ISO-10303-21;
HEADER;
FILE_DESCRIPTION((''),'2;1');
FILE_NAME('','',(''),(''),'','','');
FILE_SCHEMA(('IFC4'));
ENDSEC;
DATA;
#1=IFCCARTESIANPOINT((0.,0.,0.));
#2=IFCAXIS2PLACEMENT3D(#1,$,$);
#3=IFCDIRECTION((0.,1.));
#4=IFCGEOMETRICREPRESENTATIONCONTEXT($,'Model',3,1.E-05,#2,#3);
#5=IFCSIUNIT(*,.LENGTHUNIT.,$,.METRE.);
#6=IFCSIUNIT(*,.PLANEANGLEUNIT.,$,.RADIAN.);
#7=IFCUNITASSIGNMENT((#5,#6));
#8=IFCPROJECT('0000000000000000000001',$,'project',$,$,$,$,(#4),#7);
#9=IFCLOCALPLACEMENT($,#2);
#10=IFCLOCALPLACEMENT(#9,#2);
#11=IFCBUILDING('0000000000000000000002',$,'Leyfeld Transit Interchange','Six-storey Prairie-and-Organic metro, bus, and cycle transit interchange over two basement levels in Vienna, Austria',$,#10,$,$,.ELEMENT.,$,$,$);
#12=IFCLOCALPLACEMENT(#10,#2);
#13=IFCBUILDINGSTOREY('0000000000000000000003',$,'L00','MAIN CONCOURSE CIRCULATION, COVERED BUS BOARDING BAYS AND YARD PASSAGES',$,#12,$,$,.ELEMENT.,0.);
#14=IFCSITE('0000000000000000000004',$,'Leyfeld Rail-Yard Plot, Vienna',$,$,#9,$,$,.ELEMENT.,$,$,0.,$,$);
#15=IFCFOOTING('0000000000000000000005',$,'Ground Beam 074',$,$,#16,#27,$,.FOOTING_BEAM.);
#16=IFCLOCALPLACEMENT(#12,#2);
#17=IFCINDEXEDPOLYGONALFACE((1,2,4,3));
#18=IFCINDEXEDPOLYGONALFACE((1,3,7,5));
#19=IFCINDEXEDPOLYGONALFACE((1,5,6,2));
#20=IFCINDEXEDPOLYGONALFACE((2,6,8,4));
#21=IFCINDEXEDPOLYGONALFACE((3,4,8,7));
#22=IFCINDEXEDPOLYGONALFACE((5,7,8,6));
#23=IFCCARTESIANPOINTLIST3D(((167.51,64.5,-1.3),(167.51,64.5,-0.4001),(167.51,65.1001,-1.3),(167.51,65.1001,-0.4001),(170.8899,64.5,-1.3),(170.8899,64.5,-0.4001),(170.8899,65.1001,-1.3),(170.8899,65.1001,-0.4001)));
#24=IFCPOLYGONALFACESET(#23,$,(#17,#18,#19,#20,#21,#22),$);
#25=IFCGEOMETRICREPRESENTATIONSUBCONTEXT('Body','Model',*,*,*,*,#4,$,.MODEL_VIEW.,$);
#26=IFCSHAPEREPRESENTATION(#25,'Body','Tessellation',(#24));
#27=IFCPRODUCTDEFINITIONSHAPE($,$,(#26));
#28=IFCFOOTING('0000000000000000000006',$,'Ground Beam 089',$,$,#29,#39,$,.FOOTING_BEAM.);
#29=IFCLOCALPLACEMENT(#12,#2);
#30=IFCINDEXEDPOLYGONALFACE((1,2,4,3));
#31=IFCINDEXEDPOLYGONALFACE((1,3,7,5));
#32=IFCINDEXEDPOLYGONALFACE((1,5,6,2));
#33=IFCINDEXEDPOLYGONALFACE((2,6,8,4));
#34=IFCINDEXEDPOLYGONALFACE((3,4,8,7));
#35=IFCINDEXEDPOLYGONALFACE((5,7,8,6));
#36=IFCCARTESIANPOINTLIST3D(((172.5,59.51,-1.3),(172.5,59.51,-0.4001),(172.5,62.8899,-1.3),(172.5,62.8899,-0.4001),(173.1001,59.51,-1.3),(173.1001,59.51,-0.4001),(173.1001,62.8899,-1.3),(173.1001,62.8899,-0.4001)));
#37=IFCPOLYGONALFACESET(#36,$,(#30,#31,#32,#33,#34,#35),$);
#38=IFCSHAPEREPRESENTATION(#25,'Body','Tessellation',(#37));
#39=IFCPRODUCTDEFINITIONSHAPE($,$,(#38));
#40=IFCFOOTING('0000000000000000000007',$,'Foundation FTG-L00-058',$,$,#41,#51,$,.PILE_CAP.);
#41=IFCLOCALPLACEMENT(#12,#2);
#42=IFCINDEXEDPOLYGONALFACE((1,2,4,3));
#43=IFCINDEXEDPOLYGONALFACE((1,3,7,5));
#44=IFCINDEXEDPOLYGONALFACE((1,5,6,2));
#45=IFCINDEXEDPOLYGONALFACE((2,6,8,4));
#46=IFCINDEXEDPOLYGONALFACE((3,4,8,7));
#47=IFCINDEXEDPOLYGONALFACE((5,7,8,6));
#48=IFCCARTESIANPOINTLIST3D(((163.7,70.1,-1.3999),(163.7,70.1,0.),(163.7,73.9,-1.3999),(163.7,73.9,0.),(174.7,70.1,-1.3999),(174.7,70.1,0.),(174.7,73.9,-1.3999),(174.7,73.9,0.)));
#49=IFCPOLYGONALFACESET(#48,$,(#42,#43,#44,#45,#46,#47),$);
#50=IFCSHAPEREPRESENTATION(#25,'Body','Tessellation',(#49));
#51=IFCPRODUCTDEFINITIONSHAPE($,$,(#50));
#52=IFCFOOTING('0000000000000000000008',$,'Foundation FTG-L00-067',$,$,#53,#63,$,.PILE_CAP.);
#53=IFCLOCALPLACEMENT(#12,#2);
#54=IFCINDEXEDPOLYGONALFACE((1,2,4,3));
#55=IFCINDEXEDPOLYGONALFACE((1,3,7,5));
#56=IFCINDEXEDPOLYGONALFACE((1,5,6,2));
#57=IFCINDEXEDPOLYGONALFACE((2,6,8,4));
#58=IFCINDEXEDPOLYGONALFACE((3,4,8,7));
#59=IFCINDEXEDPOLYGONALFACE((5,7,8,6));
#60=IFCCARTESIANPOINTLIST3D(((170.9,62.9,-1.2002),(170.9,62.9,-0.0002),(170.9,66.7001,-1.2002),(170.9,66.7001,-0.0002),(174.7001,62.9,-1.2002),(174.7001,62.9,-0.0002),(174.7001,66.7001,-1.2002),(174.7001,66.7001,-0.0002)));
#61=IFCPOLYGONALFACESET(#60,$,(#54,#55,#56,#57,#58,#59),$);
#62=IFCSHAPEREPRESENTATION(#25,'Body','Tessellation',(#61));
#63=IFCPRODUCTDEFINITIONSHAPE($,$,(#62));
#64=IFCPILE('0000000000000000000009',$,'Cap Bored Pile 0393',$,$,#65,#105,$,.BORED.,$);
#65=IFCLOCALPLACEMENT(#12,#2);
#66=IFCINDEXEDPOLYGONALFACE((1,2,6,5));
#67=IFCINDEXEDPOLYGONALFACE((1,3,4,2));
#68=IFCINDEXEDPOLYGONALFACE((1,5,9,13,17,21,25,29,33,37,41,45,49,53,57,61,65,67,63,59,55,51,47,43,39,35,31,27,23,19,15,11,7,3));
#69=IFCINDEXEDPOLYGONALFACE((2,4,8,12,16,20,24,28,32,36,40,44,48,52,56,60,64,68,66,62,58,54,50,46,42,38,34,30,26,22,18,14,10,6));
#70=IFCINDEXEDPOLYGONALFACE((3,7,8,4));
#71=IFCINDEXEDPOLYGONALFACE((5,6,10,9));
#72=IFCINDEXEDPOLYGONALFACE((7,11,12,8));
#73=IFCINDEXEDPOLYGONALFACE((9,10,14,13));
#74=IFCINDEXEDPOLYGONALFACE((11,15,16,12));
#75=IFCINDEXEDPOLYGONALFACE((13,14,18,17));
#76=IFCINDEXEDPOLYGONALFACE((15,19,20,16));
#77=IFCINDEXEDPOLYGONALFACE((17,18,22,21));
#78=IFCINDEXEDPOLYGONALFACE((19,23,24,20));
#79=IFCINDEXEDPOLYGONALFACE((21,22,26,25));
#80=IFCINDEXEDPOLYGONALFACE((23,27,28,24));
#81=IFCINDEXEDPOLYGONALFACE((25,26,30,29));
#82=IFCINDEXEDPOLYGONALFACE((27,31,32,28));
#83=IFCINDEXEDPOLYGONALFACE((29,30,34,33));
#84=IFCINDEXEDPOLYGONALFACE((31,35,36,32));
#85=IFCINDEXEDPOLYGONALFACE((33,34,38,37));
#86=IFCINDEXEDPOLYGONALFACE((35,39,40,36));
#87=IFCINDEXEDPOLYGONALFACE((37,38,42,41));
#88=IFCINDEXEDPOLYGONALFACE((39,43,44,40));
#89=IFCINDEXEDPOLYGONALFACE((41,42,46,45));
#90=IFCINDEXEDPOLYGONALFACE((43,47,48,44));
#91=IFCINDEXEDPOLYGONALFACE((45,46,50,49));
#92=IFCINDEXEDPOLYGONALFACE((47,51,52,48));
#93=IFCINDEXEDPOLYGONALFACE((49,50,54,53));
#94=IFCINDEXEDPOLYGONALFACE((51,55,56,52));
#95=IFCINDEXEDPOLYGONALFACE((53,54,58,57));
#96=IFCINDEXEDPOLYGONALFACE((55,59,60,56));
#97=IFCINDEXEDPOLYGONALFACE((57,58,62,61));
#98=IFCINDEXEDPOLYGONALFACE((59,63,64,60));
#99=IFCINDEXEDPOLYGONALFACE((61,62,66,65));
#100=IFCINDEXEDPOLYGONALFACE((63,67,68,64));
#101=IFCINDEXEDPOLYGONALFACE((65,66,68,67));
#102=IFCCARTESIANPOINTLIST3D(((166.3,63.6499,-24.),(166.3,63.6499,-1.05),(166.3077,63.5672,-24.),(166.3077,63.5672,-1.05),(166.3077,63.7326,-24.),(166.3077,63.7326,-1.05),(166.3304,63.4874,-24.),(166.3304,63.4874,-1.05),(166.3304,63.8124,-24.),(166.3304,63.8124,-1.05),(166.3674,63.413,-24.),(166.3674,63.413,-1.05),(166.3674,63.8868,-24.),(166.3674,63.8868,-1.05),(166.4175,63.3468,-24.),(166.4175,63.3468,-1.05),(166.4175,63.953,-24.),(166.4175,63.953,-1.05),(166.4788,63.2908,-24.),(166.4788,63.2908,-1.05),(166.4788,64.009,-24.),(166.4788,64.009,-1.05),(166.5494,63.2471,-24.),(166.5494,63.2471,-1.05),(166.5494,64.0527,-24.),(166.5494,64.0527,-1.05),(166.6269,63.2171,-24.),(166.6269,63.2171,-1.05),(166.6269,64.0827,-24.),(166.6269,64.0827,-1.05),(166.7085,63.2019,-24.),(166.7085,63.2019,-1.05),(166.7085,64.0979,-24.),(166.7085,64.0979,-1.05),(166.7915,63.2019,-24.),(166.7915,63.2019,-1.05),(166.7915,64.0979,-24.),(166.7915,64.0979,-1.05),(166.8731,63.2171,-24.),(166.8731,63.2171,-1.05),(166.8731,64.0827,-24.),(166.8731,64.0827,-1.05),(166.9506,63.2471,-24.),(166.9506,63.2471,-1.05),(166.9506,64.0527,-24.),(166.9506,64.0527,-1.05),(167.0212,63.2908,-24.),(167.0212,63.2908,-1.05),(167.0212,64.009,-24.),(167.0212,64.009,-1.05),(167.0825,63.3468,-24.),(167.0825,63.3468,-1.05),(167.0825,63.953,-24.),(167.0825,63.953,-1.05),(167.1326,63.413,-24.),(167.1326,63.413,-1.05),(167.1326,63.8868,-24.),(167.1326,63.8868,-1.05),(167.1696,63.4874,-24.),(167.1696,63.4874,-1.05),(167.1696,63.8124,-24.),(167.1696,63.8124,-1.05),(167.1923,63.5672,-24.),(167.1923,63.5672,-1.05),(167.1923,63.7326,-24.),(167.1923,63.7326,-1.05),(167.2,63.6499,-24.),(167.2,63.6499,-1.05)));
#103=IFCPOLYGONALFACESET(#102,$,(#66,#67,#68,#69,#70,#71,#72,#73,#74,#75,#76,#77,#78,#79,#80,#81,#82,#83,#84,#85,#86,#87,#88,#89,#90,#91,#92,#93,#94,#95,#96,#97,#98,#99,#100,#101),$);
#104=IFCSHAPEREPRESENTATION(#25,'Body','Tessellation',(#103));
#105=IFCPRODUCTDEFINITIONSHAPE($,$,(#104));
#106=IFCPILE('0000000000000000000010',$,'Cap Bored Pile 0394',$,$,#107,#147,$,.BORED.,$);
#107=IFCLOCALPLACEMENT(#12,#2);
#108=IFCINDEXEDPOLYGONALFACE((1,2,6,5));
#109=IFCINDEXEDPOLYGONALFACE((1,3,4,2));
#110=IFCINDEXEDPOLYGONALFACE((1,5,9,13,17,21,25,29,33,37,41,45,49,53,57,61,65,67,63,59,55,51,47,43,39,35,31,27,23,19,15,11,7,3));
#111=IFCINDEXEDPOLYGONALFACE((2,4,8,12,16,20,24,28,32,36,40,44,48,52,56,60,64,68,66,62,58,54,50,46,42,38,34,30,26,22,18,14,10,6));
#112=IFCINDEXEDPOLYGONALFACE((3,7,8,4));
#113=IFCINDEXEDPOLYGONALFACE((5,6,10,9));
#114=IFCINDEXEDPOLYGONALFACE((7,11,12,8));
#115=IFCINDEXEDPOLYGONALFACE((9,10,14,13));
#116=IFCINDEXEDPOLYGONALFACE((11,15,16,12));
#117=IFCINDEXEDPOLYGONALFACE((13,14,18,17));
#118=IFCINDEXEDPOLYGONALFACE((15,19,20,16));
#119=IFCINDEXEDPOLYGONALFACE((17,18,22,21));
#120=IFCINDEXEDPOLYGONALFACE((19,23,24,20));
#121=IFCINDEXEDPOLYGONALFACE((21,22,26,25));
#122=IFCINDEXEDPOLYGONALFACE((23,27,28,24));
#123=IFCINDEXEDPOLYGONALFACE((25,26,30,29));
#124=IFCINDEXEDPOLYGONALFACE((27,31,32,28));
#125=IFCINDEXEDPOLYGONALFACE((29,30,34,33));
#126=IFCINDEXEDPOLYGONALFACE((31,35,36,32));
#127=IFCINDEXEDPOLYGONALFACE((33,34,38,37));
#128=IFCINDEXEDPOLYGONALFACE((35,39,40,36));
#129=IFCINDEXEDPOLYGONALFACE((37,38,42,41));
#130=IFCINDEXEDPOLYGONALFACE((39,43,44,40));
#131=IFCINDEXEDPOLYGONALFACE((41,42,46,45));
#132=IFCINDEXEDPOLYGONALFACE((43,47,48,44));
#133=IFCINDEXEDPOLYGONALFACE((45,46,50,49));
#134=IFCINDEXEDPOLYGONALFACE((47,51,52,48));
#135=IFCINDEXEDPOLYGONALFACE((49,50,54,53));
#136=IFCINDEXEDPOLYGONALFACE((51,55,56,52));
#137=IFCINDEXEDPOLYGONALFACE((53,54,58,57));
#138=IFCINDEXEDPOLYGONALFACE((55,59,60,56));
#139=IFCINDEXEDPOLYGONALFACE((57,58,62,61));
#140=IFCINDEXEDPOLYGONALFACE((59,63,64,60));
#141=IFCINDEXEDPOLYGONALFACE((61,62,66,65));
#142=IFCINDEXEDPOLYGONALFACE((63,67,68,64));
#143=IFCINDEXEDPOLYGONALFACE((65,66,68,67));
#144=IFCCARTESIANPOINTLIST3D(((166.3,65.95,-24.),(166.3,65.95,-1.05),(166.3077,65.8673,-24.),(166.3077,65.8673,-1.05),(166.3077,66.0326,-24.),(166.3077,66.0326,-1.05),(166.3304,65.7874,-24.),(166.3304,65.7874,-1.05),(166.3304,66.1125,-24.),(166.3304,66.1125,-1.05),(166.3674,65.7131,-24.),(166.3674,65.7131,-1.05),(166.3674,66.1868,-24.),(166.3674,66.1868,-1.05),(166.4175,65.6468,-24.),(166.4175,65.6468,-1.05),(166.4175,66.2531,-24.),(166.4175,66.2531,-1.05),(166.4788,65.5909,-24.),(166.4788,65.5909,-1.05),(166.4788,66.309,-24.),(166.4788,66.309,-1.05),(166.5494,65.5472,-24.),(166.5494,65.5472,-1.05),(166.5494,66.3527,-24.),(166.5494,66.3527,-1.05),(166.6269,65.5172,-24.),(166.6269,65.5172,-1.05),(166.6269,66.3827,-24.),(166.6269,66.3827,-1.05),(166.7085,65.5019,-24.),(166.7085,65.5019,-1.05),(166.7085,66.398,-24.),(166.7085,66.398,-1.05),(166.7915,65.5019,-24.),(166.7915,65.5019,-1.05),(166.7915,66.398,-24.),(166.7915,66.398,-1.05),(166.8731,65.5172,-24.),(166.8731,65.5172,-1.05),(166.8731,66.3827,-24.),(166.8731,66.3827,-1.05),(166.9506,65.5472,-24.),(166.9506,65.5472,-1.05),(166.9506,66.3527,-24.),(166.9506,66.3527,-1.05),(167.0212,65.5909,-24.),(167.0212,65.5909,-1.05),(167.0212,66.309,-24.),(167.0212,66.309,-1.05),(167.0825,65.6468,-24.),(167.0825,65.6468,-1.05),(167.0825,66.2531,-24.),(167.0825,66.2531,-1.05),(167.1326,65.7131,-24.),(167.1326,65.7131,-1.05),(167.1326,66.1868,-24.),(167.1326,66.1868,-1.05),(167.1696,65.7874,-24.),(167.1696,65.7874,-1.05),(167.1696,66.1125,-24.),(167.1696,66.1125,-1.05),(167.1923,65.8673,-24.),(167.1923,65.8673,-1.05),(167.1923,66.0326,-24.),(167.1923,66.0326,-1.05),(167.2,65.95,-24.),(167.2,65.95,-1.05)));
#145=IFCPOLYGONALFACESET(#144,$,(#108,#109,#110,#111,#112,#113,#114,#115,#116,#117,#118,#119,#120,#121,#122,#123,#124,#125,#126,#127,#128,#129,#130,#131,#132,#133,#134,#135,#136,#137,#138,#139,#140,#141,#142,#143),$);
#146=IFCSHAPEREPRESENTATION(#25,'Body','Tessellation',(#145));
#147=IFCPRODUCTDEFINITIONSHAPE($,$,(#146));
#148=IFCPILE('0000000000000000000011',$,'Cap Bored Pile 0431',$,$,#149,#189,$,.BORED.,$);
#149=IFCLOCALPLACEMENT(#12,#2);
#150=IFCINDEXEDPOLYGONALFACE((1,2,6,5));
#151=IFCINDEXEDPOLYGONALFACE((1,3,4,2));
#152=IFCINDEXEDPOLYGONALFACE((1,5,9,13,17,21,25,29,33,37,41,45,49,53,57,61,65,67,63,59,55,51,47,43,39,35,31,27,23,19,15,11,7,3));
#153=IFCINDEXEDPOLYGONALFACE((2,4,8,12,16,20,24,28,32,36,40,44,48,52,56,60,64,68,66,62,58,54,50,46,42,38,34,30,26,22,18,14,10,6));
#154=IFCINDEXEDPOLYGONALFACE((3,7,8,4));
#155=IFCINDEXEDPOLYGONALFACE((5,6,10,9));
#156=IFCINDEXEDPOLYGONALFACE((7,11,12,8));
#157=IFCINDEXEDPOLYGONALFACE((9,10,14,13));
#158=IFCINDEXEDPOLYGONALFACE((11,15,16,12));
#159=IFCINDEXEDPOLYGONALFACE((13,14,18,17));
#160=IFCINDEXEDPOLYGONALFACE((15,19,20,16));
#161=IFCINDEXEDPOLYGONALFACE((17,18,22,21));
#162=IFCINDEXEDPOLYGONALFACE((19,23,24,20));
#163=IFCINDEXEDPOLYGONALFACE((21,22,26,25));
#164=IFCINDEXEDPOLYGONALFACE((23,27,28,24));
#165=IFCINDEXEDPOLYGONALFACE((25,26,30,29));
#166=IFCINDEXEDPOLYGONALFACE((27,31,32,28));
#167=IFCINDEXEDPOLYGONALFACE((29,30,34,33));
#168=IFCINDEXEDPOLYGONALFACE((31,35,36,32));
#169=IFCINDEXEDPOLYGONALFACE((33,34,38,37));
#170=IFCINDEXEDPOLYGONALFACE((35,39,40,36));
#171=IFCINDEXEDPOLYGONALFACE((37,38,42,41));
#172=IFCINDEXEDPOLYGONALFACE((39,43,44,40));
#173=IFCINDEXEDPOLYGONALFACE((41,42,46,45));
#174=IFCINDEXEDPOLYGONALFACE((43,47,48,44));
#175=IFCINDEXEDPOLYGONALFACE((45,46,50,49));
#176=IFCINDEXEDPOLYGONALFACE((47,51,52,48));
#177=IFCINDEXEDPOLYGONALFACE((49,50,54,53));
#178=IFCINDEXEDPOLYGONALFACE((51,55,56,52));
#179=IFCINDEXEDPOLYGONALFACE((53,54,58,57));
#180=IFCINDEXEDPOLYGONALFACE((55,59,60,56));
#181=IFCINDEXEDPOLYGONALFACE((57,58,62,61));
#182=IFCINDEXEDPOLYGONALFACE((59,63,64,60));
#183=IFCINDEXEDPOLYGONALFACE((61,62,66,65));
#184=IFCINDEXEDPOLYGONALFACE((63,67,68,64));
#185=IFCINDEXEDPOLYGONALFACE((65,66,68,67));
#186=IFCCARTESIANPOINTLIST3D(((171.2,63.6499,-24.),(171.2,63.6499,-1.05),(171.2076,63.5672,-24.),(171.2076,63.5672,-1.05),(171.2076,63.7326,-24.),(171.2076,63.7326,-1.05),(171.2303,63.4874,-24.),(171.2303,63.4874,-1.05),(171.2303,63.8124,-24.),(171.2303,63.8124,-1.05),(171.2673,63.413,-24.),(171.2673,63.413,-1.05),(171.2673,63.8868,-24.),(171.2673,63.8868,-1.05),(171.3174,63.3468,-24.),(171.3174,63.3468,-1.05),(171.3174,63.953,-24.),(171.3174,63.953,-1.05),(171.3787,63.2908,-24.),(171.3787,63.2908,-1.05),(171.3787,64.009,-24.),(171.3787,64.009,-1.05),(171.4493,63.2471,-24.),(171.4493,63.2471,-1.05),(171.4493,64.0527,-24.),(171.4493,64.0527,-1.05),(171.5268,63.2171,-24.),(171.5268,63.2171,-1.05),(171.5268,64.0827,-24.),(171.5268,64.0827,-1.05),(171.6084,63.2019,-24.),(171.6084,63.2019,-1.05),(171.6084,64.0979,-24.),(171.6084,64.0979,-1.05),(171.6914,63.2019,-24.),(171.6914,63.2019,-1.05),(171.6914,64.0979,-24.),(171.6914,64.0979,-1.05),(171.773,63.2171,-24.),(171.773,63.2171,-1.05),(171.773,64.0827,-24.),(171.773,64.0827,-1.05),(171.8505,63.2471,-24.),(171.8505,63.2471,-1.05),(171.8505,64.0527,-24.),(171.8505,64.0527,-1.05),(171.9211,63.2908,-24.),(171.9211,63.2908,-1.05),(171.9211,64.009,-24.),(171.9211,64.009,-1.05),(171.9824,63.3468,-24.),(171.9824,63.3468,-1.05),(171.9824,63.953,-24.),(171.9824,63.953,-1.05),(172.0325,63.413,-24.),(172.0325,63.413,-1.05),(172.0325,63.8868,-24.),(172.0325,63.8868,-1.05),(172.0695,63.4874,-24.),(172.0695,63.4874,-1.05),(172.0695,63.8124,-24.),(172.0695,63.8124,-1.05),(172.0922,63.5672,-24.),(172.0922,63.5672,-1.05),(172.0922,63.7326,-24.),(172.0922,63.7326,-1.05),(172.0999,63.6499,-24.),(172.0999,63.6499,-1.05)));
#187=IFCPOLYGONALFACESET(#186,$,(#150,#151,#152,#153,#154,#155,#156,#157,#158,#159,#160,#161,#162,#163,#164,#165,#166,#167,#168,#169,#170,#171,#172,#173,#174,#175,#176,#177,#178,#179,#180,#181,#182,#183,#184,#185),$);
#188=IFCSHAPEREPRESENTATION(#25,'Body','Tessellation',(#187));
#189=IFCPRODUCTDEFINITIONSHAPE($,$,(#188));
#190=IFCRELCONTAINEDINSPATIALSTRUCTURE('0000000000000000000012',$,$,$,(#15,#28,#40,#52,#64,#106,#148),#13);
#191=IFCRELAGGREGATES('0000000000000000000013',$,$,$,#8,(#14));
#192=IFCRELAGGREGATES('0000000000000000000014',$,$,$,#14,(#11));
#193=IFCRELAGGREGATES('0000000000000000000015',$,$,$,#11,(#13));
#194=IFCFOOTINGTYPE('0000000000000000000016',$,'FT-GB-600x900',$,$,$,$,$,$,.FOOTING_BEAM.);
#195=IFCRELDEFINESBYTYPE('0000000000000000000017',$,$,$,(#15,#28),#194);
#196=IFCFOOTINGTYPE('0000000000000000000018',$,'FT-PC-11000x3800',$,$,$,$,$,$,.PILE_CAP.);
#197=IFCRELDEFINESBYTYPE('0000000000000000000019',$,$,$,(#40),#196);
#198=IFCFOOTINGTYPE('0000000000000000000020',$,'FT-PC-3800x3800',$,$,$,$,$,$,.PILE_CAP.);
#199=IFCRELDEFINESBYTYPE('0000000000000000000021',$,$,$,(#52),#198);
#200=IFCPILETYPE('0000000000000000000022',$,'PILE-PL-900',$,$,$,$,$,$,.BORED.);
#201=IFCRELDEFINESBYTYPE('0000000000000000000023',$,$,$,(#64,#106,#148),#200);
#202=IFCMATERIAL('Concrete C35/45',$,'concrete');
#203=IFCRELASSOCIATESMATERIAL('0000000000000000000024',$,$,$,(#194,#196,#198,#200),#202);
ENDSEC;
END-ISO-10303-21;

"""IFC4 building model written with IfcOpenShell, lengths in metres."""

from ifc_helpers import new_model, si_unit, direction, frame, origin, origin_2d, place, context, subcontext, project, spatial, rectangle, circle, extrude, material, material_profile, profile_set, type_object, element, save


model = new_model("IFC4")

# Units and contexts
model_context = context("Model", 3, precision=1e-05, world=origin(), true_north=direction((0.0, 1.0)))
body_context = subcontext(model_context, "Body", "Model", "MODEL_VIEW")
ifc_project = project(units=[si_unit("LENGTHUNIT", "METRE"), si_unit("PLANEANGLEUNIT", "RADIAN")], contexts=[model_context])

# Site, building, storey
site_placement = place(None, origin())
site = spatial("IfcSite", under=ifc_project, at=site_placement, Name="Leyfeld Rail-Yard Plot, Vienna", CompositionType="ELEMENT", RefElevation=0.0)
building_placement = place(site_placement, origin())
building = spatial("IfcBuilding", under=site, at=building_placement, Name="Leyfeld Transit Interchange", Description="Six-storey Prairie-and-Organic metro, bus, and cycle transit interchange over two basement levels in Vienna, Austria", CompositionType="ELEMENT")
storey_placement = place(building_placement, origin())
storey = spatial("IfcBuildingStorey", under=building, at=storey_placement, Name="L00", Description="MAIN CONCOURSE CIRCULATION, COVERED BUS BOARDING BAYS AND YARD PASSAGES", CompositionType="ELEMENT", Elevation=0.0)

# Footings
ifc_material_1 = material(Name="Concrete C35/45", Category="concrete")
footing_type_1 = type_object("IfcFootingType", Name="FT-GB-600x900", PredefinedType="FOOTING_BEAM", material=ifc_material_1)
footing_1_placement = place(storey_placement, frame((169.2, 64.8, -1.3), z_axis=(0.0, 0.0, 1.0), x_axis=(1.0, 0.0, 0.0)))
element("IfcFooting", 1, at=footing_1_placement, inside=storey, type_object=footing_type_1, Name="Ground Beam 074", PredefinedType="FOOTING_BEAM", context=body_context, shape_type="SweptSolid", body=[
    extrude(rectangle(XDim=3.3799, YDim=0.6001, at=origin_2d()), origin(), (0.0, 0.0, 1.0), 0.8999),
])
footing_2_placement = place(storey_placement, frame((172.8, 61.2, -1.3), z_axis=(0.0, 0.0, 1.0), x_axis=(1.0, 0.0, 0.0)))
element("IfcFooting", 2, at=footing_2_placement, inside=storey, type_object=footing_type_1, Name="Ground Beam 089", PredefinedType="FOOTING_BEAM", context=body_context, shape_type="SweptSolid", body=[
    extrude(rectangle(XDim=0.6001, YDim=3.3799, at=origin_2d()), origin(), (0.0, 0.0, 1.0), 0.8999),
])
footing_type_2 = type_object("IfcFootingType", Name="FT-PC-11000x3800", PredefinedType="PILE_CAP", material=ifc_material_1)
footing_3_placement = place(storey_placement, frame((169.2, 72.0, -1.3999), z_axis=(0.0, 0.0, 1.0), x_axis=(1.0, 0.0, 0.0)))
element("IfcFooting", 3, at=footing_3_placement, inside=storey, type_object=footing_type_2, Name="Foundation FTG-L00-058", PredefinedType="PILE_CAP", context=body_context, shape_type="SweptSolid", body=[
    extrude(rectangle(XDim=11.0, YDim=3.8, at=origin_2d()), origin(), (0.0, 0.0, 1.0), 1.3999),
])
footing_type_3 = type_object("IfcFootingType", Name="FT-PC-3800x3800", PredefinedType="PILE_CAP", material=ifc_material_1)
footing_4_placement = place(storey_placement, frame((172.8, 64.8, -1.2002), z_axis=(0.0, 0.0, 1.0), x_axis=(1.0, 0.0, 0.0)))
element("IfcFooting", 4, at=footing_4_placement, inside=storey, type_object=footing_type_3, Name="Foundation FTG-L00-067", PredefinedType="PILE_CAP", context=body_context, shape_type="SweptSolid", body=[
    extrude(rectangle(XDim=3.8, YDim=3.8, at=origin_2d()), origin(), (0.0, 0.0, 1.0), 1.2),
])

# Piles
ifc_material_profile_1 = material_profile(ifc_material_1, circle(Radius=0.45, at=origin_2d()), Name="PILE D900")
ifc_profile_set_1 = profile_set([ifc_material_profile_1], Name="Concrete C35/45")
pile_type = type_object("IfcPileType", Name="PILE-PL-900", PredefinedType="BORED", material=ifc_profile_set_1)
for number, where, z_axis, x_axis, name in (
    (5, (166.75, 63.6499, -1.05), (0.0, 0.0, -1.0), (1.0, 0.0, 0.0), "Cap Bored Pile 0393"),
    (6, (166.75, 65.95, -1.05), (0.0, 0.0, -1.0), (1.0, 0.0, 0.0), "Cap Bored Pile 0394"),
    (7, (171.6499, 63.6499, -1.05), (0.0, 0.0, -1.0), (1.0, 0.0, 0.0), "Cap Bored Pile 0431"),
):
    element("IfcPile", number, at=place(storey_placement, frame(where, z_axis=z_axis, x_axis=x_axis)), inside=storey, type_object=pile_type, Name=name, PredefinedType="BORED", context=body_context, shape_type="SweptSolid", body=[
        extrude(circle(Radius=0.45, at=origin_2d()), origin(), (0.0, 0.0, 1.0), 22.95),
    ])

save(model, "model.ifc")
